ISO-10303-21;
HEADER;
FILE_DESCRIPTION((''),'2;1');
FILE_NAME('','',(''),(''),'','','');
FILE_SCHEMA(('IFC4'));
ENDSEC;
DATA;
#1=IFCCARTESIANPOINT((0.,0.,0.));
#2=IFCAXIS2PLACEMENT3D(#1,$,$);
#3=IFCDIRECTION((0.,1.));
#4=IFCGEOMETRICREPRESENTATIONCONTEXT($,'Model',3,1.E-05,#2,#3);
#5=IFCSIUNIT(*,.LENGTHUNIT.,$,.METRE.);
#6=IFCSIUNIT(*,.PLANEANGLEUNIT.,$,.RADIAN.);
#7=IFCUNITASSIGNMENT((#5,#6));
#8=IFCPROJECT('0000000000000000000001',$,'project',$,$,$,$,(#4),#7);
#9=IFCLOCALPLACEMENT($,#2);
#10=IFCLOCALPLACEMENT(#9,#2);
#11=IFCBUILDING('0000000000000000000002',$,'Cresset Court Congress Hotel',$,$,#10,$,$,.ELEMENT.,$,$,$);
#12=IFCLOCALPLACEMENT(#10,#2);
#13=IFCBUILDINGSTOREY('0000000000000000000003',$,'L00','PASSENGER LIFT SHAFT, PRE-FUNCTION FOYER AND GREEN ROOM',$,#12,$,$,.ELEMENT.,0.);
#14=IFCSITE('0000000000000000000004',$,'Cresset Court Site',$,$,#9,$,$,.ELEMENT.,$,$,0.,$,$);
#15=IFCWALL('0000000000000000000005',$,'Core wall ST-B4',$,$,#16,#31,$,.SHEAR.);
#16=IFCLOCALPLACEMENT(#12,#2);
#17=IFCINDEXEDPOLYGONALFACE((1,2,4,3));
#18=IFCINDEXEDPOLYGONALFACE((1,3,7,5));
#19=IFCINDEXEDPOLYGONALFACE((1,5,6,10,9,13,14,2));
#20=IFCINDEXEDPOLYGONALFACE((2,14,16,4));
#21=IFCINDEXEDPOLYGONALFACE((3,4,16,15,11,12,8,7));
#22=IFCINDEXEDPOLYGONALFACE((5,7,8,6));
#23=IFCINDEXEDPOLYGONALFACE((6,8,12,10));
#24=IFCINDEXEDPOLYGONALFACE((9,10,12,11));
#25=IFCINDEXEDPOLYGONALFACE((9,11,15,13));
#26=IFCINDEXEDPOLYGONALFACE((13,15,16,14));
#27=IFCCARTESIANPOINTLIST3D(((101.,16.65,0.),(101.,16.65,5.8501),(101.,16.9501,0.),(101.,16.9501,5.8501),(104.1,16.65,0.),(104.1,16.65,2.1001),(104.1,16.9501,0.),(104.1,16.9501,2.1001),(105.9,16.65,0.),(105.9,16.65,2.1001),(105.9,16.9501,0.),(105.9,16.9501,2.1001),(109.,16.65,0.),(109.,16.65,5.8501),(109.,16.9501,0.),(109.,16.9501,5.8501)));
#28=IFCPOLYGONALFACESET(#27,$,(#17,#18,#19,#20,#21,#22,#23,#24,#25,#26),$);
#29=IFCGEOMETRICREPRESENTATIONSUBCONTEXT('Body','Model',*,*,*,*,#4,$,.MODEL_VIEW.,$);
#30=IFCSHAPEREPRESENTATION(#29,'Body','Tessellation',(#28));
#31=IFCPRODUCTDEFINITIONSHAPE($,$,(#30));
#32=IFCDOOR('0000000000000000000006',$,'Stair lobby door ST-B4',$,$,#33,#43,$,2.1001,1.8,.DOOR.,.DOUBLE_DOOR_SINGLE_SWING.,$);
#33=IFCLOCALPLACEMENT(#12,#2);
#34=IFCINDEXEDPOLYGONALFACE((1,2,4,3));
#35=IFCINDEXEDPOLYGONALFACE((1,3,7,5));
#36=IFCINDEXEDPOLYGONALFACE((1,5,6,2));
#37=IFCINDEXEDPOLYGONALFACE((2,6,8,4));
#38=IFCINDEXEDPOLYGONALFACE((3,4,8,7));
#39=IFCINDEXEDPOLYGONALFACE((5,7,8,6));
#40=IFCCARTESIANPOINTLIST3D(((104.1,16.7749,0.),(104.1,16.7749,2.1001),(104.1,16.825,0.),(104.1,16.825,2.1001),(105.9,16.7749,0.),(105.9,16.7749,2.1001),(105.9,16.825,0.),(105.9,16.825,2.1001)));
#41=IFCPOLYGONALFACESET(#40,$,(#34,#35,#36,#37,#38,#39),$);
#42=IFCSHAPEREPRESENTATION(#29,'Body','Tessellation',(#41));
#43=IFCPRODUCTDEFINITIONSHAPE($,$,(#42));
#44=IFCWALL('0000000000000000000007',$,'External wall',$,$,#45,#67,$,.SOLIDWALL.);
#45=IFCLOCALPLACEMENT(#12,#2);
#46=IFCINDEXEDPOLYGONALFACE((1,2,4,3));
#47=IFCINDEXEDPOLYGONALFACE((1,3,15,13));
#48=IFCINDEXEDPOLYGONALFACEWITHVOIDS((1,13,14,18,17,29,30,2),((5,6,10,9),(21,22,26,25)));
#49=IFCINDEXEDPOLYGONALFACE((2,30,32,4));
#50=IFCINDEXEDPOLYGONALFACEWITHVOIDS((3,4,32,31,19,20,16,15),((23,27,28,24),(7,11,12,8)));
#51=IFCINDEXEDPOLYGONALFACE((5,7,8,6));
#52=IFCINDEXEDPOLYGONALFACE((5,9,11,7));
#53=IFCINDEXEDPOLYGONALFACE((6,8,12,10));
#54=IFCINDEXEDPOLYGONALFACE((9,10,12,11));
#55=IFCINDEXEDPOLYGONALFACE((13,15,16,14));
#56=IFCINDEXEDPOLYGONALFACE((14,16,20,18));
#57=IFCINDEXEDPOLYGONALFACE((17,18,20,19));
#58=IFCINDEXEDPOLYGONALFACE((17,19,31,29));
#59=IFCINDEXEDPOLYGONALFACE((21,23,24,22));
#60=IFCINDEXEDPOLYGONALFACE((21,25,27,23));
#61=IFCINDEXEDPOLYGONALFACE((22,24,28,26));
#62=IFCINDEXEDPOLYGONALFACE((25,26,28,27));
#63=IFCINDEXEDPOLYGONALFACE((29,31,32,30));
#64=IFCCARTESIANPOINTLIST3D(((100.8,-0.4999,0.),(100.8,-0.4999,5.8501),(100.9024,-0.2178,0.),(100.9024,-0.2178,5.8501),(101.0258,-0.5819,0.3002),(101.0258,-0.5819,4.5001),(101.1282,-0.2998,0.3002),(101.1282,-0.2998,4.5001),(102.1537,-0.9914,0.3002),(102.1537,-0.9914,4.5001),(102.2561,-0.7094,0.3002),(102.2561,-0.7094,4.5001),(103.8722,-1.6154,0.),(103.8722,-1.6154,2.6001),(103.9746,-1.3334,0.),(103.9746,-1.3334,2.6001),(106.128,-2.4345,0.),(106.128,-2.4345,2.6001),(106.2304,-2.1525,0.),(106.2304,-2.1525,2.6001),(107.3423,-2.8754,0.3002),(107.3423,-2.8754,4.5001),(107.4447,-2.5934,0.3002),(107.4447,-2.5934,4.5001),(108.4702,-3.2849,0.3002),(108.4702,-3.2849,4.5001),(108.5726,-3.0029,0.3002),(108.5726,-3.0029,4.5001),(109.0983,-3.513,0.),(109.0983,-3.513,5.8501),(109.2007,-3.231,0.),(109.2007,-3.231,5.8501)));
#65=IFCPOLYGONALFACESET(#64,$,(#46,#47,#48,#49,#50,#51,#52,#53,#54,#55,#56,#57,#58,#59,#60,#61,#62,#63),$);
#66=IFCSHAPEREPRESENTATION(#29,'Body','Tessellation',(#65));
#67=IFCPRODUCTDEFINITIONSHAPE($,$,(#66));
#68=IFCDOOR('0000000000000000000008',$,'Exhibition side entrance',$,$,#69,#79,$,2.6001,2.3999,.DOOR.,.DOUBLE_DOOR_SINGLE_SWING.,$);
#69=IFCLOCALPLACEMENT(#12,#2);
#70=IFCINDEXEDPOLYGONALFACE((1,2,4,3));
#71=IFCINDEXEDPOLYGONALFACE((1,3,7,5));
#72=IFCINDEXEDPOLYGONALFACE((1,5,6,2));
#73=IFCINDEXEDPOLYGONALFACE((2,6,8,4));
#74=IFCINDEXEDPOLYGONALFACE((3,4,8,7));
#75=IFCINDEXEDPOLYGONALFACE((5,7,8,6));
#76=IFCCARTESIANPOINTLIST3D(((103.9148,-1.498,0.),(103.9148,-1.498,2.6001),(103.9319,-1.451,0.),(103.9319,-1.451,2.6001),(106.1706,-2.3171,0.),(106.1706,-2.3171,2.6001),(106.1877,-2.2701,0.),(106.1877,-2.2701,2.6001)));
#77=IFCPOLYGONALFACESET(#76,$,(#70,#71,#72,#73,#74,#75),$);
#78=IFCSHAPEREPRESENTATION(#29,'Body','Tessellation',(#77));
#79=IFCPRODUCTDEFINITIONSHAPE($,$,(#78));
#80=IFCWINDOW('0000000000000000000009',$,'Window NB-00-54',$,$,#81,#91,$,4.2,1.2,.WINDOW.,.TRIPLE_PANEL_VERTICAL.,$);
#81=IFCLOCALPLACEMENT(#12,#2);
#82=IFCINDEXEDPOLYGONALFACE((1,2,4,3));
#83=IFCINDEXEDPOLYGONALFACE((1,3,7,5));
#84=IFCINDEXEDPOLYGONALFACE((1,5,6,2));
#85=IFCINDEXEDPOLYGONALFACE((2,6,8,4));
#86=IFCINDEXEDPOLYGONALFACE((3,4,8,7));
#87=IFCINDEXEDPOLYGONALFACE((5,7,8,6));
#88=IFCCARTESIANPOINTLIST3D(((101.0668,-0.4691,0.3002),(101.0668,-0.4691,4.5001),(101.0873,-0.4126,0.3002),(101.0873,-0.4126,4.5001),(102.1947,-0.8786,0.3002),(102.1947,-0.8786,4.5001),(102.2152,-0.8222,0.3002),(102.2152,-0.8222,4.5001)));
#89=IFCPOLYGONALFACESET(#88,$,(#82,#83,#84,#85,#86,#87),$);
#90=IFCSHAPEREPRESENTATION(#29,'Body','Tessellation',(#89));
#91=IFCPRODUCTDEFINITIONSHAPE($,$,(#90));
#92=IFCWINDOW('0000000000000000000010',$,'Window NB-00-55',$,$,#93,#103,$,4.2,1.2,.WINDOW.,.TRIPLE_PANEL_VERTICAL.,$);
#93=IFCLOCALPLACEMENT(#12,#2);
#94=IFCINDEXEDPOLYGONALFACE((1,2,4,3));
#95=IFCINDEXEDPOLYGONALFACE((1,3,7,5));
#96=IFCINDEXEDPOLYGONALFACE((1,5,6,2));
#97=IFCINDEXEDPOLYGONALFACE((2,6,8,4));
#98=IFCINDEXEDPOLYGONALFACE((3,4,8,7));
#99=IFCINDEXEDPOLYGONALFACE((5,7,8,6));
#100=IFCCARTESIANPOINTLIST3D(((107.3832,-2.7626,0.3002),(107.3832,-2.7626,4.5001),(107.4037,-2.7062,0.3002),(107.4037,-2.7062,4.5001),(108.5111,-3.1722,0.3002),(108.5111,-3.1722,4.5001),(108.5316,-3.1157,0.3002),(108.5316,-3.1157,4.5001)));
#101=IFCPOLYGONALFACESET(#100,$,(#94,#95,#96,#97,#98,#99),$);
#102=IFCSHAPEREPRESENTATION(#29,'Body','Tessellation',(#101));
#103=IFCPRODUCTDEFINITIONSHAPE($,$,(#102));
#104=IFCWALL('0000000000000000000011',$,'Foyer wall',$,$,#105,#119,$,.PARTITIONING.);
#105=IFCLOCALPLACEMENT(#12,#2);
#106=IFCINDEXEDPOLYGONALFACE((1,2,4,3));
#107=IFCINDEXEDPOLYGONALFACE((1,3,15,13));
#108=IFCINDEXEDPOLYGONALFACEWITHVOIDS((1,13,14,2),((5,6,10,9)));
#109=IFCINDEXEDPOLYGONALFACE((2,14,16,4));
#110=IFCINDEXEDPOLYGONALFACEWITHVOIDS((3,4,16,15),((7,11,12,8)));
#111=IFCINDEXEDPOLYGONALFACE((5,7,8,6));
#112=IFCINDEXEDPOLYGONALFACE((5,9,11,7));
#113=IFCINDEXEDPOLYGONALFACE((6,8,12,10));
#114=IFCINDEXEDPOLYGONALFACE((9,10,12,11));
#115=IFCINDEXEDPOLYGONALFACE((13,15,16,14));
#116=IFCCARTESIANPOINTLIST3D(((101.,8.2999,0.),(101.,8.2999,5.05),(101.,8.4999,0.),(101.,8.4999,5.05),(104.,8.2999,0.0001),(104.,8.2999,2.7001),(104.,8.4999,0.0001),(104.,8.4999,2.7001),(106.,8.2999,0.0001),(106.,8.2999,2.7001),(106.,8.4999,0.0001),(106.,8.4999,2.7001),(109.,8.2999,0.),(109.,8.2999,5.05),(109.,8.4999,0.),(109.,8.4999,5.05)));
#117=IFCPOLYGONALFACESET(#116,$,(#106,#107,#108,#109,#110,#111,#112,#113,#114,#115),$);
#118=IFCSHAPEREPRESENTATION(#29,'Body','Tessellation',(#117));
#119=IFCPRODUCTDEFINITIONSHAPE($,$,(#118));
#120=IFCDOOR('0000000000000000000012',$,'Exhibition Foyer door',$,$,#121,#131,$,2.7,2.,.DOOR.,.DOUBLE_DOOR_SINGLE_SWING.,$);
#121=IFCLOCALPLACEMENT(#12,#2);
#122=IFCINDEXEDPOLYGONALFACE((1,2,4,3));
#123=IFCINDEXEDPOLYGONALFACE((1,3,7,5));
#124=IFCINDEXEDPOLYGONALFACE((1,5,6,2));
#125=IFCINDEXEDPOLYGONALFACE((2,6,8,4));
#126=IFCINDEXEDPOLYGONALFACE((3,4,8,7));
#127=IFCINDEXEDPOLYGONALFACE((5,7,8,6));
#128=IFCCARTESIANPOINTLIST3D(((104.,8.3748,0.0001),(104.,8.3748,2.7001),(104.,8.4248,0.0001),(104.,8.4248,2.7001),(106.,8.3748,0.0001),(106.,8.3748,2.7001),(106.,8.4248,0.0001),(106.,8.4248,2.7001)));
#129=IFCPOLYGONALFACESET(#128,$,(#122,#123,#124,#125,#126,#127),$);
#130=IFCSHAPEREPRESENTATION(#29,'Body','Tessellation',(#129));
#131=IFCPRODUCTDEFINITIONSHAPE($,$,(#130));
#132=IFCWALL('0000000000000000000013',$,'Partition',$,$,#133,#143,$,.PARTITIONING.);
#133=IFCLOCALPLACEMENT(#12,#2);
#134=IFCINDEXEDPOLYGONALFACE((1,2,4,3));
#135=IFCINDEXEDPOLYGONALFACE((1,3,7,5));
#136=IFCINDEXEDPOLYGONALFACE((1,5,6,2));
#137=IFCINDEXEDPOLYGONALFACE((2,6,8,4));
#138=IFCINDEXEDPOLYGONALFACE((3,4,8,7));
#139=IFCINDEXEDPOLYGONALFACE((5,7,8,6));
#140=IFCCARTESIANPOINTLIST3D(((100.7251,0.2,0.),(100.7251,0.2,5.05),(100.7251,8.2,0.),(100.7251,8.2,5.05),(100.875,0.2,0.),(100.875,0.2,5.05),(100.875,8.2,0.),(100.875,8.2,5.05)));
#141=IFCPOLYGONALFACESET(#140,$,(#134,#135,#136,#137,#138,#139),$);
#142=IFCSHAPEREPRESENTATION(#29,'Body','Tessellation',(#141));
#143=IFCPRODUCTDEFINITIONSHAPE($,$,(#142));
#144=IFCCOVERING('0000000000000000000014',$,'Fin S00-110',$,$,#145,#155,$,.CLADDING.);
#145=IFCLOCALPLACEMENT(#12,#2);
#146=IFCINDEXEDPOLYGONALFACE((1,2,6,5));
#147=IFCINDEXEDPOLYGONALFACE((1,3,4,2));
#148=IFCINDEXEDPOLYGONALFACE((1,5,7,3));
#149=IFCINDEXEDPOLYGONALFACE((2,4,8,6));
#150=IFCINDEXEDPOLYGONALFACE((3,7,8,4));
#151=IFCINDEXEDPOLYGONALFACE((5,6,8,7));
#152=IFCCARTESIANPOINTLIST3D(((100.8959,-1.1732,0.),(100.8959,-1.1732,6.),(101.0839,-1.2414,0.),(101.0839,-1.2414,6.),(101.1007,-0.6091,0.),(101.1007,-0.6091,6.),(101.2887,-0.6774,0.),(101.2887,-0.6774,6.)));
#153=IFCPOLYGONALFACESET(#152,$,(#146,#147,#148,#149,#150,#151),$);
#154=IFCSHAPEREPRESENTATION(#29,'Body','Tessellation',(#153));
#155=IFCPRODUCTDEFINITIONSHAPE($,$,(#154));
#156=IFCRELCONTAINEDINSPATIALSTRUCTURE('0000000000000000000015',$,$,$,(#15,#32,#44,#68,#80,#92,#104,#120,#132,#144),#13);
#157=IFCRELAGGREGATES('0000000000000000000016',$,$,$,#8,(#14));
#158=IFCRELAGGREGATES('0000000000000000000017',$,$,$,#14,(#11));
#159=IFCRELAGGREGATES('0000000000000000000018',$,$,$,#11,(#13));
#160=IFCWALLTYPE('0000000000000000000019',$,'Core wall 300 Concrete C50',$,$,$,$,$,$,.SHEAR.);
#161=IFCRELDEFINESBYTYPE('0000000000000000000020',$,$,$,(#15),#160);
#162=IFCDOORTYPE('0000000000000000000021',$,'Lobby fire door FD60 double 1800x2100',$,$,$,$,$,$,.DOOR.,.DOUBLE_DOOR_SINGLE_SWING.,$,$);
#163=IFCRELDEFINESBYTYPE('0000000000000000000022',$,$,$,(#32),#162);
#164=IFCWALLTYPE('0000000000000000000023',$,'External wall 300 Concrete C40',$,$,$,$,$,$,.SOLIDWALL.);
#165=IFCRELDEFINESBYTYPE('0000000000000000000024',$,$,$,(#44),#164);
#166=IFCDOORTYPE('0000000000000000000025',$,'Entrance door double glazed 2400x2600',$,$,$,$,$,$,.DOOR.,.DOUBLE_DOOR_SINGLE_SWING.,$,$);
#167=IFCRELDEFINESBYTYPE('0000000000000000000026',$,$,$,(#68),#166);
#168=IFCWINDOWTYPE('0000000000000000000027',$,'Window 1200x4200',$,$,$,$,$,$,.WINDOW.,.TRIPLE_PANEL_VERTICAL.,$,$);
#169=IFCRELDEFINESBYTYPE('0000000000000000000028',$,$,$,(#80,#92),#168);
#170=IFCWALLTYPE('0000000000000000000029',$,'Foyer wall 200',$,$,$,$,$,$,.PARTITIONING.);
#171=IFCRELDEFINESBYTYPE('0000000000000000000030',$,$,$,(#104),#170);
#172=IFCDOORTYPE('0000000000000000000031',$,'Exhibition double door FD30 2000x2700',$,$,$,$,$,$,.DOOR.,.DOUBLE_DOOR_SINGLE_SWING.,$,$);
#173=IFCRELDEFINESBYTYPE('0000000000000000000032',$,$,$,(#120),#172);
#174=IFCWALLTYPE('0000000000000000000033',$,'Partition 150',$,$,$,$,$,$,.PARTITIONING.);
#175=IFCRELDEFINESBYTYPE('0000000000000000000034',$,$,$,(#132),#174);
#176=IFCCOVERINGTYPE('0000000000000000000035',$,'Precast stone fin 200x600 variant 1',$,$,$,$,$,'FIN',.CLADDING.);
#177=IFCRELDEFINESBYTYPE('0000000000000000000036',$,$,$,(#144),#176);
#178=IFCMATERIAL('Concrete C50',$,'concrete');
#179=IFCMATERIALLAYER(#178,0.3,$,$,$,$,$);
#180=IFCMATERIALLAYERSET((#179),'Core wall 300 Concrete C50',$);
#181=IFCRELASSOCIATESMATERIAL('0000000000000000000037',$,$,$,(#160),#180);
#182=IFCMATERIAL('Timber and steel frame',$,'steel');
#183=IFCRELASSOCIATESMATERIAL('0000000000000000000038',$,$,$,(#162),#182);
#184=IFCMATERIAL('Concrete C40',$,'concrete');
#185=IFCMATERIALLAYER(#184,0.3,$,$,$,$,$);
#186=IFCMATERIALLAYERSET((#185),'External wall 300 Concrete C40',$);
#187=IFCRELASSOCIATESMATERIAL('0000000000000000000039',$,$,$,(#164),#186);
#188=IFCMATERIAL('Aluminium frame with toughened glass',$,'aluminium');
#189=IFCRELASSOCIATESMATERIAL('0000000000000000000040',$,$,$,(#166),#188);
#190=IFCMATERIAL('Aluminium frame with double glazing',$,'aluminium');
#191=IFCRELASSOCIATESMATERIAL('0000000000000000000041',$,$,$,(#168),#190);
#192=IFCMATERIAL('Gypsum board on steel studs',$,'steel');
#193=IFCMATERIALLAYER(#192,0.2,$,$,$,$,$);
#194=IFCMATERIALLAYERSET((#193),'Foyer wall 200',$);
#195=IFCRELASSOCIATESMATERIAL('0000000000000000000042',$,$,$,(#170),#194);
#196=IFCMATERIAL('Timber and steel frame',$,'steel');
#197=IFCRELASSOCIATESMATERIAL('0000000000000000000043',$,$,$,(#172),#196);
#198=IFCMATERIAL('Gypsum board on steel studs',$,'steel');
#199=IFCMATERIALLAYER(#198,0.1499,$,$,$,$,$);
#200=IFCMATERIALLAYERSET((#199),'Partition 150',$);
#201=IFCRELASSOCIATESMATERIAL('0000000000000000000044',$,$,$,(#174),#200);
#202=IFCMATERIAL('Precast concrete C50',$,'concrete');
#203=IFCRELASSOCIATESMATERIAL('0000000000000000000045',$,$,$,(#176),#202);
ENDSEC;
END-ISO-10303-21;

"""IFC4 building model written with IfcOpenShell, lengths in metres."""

from ifc_helpers import new_model, si_unit, direction, frame, frame_2d, origin, origin_2d, place, context, subcontext, project, spatial, rectangle, extrude, material, layer, layer_set, type_object, element, fill, save


model = new_model("IFC4")

# Units and contexts
model_context = context("Model", 3, precision=1e-05, world=origin(), true_north=direction((0.0, 1.0)))
body_context = subcontext(model_context, "Body", "Model", "MODEL_VIEW")
ifc_project = project(units=[si_unit("LENGTHUNIT", "METRE"), si_unit("PLANEANGLEUNIT", "RADIAN")], contexts=[model_context])

# Site, building, storey
site_placement = place(None, origin())
site = spatial("IfcSite", under=ifc_project, at=site_placement, Name="Cresset Court Site", CompositionType="ELEMENT", RefElevation=0.0)
building_placement = place(site_placement, origin())
building = spatial("IfcBuilding", under=site, at=building_placement, Name="Cresset Court Congress Hotel", CompositionType="ELEMENT")
storey_placement = place(building_placement, origin())
storey = spatial("IfcBuildingStorey", under=building, at=storey_placement, Name="L00", Description="PASSENGER LIFT SHAFT, PRE-FUNCTION FOYER AND GREEN ROOM", CompositionType="ELEMENT", Elevation=0.0)

# Shared definitions
ifc_material_1 = material(Name="Concrete C50", Category="concrete")
ifc_layer_1 = layer(ifc_material_1, 0.3)
ifc_layer_set_1 = layer_set([ifc_layer_1], Name="Core wall 300 Concrete C50")
wall_type_1 = type_object("IfcWallType", Name="Core wall 300 Concrete C50", PredefinedType="SHEAR", material=ifc_layer_set_1)

# Wall, opening, door
wall_1_placement = place(storey_placement, frame((101.0, 16.8, 0.0), z_axis=(0.0, 0.0, 1.0), x_axis=(1.0, 0.0, 0.0)))
wall_1 = element("IfcWall", 1, at=wall_1_placement, inside=storey, type_object=wall_type_1, Name="Core wall ST-B4", PredefinedType="SHEAR", context=body_context, shape_type="SweptSolid", body=[
    extrude(rectangle(XDim=8.0, YDim=0.3, at=frame_2d((4.0, 0.0))), origin(), (0.0, 0.0, 1.0), 5.8501),
])
opening_1_placement = place(wall_1_placement, frame((3.1001, 0.0, 0.0)))
opening_1 = element("IfcOpeningElement", 2, at=opening_1_placement, cuts=wall_1, PredefinedType="OPENING", context=body_context, shape_type="SweptSolid", body=[
    extrude(rectangle(XDim=1.8, YDim=2.1001, at=frame_2d((0.8999, 1.05))), frame((0.0, 0.1599, 0.0), z_axis=(0.0, -1.0, 0.0), x_axis=(1.0, 0.0, 0.0)), (0.0, 0.0, 1.0), 0.3201),
])
ifc_material_2 = material(Name="Timber and steel frame", Category="steel")
door_type_1 = type_object("IfcDoorType", Name="Lobby fire door FD60 double 1800x2100", OperationType="DOUBLE_DOOR_SINGLE_SWING", PredefinedType="DOOR", material=ifc_material_2)
door_1_placement = place(opening_1_placement, origin())
door_1 = element("IfcDoor", 3, at=door_1_placement, inside=storey, type_object=door_type_1, Name="Stair lobby door ST-B4", OperationType="DOUBLE_DOOR_SINGLE_SWING", OverallHeight=2.1001, OverallWidth=1.8, PredefinedType="DOOR", context=body_context, shape_type="SweptSolid", body=[
    extrude(rectangle(XDim=1.8, YDim=2.1001, at=frame_2d((0.8999, 1.05))), frame((0.0, 0.0249, 0.0), z_axis=(0.0, -1.0, 0.0), x_axis=(1.0, 0.0, 0.0)), (0.0, 0.0, 1.0), 0.05),
])
fill(opening_1, door_1)

# Wall, openings, door, windows
ifc_material_3 = material(Name="Concrete C40", Category="concrete")
ifc_layer_2 = layer(ifc_material_3, 0.3)
ifc_layer_set_2 = layer_set([ifc_layer_2], Name="External wall 300 Concrete C40")
wall_type_2 = type_object("IfcWallType", Name="External wall 300 Concrete C40", PredefinedType="SOLIDWALL", material=ifc_layer_set_2)
wall_2_placement = place(storey_placement, frame((100.8513, -0.3589, 0.0), z_axis=(0.0, 0.0, 1.0), x_axis=(0.939953, -0.341303, 0.0)))
wall_2 = element("IfcWall", 4, at=wall_2_placement, inside=storey, type_object=wall_type_2, Name="External wall", PredefinedType="SOLIDWALL", context=body_context, shape_type="SweptSolid", body=[
    extrude(rectangle(XDim=8.8284, YDim=0.3, at=frame_2d((4.4141, 0.0))), origin(), (0.0, 0.0, 1.0), 5.8501),
])
opening_2_placement = place(wall_2_placement, frame((3.2683, 0.0, 0.0)))
opening_2 = element("IfcOpeningElement", 5, at=opening_2_placement, cuts=wall_2, PredefinedType="OPENING", context=body_context, shape_type="SweptSolid", body=[
    extrude(rectangle(XDim=2.3999, YDim=2.6001, at=frame_2d((1.2, 1.3))), frame((0.0, 0.1599, 0.0), z_axis=(0.0, -1.0, 0.0), x_axis=(1.0, 0.0, 0.0)), (0.0, 0.0, 1.0), 0.3201),
])
opening_3_placement = place(wall_2_placement, frame((0.24, 0.0, 0.3)))
opening_3 = element("IfcOpeningElement", 6, at=opening_3_placement, cuts=wall_2, PredefinedType="OPENING", context=body_context, shape_type="SweptSolid", body=[
    extrude(rectangle(XDim=1.2, YDim=4.2, at=frame_2d((0.6001, 2.1001))), frame((0.0, 0.1599, 0.0), z_axis=(0.0, -1.0, 0.0), x_axis=(1.0, 0.0, 0.0)), (0.0, 0.0, 1.0), 0.3201),
])
opening_4_placement = place(wall_2_placement, frame((6.96, 0.0, 0.3)))
opening_4 = element("IfcOpeningElement", 7, at=opening_4_placement, cuts=wall_2, PredefinedType="OPENING", context=body_context, shape_type="SweptSolid", body=[
    extrude(rectangle(XDim=1.2, YDim=4.2, at=frame_2d((0.6001, 2.1001))), frame((0.0, 0.1599, 0.0), z_axis=(0.0, -1.0, 0.0), x_axis=(1.0, 0.0, 0.0)), (0.0, 0.0, 1.0), 0.3201),
])
ifc_material_4 = material(Name="Aluminium frame with toughened glass", Category="aluminium")
door_type_2 = type_object("IfcDoorType", Name="Entrance door double glazed 2400x2600", OperationType="DOUBLE_DOOR_SINGLE_SWING", PredefinedType="DOOR", material=ifc_material_4)
door_2_placement = place(opening_2_placement, origin())
door_2 = element("IfcDoor", 8, at=door_2_placement, inside=storey, type_object=door_type_2, Name="Exhibition side entrance", OperationType="DOUBLE_DOOR_SINGLE_SWING", OverallHeight=2.6001, OverallWidth=2.3999, PredefinedType="DOOR", context=body_context, shape_type="SweptSolid", body=[
    extrude(rectangle(XDim=2.3999, YDim=2.6001, at=frame_2d((1.2, 1.3))), frame((0.0, 0.0249, 0.0), z_axis=(0.0, -1.0, 0.0), x_axis=(1.0, 0.0, 0.0)), (0.0, 0.0, 1.0), 0.05),
])
fill(opening_2, door_2)
ifc_material_5 = material(Name="Aluminium frame with double glazing", Category="aluminium")
window_type = type_object("IfcWindowType", Name="Window 1200x4200", PartitioningType="TRIPLE_PANEL_VERTICAL", PredefinedType="WINDOW", material=ifc_material_5)
window_1_placement = place(opening_3_placement, origin())
window_1 = element("IfcWindow", 9, at=window_1_placement, inside=storey, type_object=window_type, Name="Window NB-00-54", OverallHeight=4.2, OverallWidth=1.2, PartitioningType="TRIPLE_PANEL_VERTICAL", PredefinedType="WINDOW", context=body_context, shape_type="SweptSolid", body=[
    extrude(rectangle(XDim=1.2, YDim=4.2, at=frame_2d((0.6001, 2.1001))), frame((0.0, 0.03, 0.0), z_axis=(0.0, -1.0, 0.0), x_axis=(1.0, 0.0, 0.0)), (0.0, 0.0, 1.0), 0.0601),
])
fill(opening_3, window_1)
window_2_placement = place(opening_4_placement, origin())
window_2 = element("IfcWindow", 10, at=window_2_placement, inside=storey, type_object=window_type, Name="Window NB-00-55", OverallHeight=4.2, OverallWidth=1.2, PartitioningType="TRIPLE_PANEL_VERTICAL", PredefinedType="WINDOW", context=body_context, shape_type="SweptSolid", body=[
    extrude(rectangle(XDim=1.2, YDim=4.2, at=frame_2d((0.6001, 2.1001))), frame((0.0, 0.03, 0.0), z_axis=(0.0, -1.0, 0.0), x_axis=(1.0, 0.0, 0.0)), (0.0, 0.0, 1.0), 0.0601),
])
fill(opening_4, window_2)

# Wall, opening, door
ifc_material_6 = material(Name="Gypsum board on steel studs", Category="steel")
ifc_layer_3 = layer(ifc_material_6, 0.2)
ifc_layer_set_3 = layer_set([ifc_layer_3], Name="Foyer wall 200")
wall_type_3 = type_object("IfcWallType", Name="Foyer wall 200", PredefinedType="PARTITIONING", material=ifc_layer_set_3)
wall_3_placement = place(storey_placement, frame((101.0, 8.3999, 0.0), z_axis=(0.0, 0.0, 1.0), x_axis=(1.0, 0.0, 0.0)))
wall_3 = element("IfcWall", 11, at=wall_3_placement, inside=storey, type_object=wall_type_3, Name="Foyer wall", PredefinedType="PARTITIONING", context=body_context, shape_type="SweptSolid", body=[
    extrude(rectangle(XDim=8.0, YDim=0.2, at=frame_2d((4.0, 0.0))), origin(), (0.0, 0.0, 1.0), 5.05),
])
opening_5_placement = place(wall_3_placement, frame((3.0, 0.0, 0.0)))
opening_5 = element("IfcOpeningElement", 12, at=opening_5_placement, cuts=wall_3, PredefinedType="OPENING", context=body_context, shape_type="SweptSolid", body=[
    extrude(rectangle(XDim=2.0, YDim=2.7, at=frame_2d((1.0, 1.3501))), frame((0.0, 0.1099, 0.0), z_axis=(0.0, -1.0, 0.0), x_axis=(1.0, 0.0, 0.0)), (0.0, 0.0, 1.0), 0.22),
])
ifc_material_7 = material(Name="Timber and steel frame", Category="steel")
door_type_3 = type_object("IfcDoorType", Name="Exhibition double door FD30 2000x2700", OperationType="DOUBLE_DOOR_SINGLE_SWING", PredefinedType="DOOR", material=ifc_material_7)
door_3_placement = place(opening_5_placement, origin())
door_3 = element("IfcDoor", 13, at=door_3_placement, inside=storey, type_object=door_type_3, Name="Exhibition Foyer door", OperationType="DOUBLE_DOOR_SINGLE_SWING", OverallHeight=2.7, OverallWidth=2.0, PredefinedType="DOOR", context=body_context, shape_type="SweptSolid", body=[
    extrude(rectangle(XDim=2.0, YDim=2.7, at=frame_2d((1.0, 1.3501))), frame((0.0, 0.0249, 0.0), z_axis=(0.0, -1.0, 0.0), x_axis=(1.0, 0.0, 0.0)), (0.0, 0.0, 1.0), 0.05),
])
fill(opening_5, door_3)

# Wall
ifc_material_8 = material(Name="Gypsum board on steel studs", Category="steel")
ifc_layer_4 = layer(ifc_material_8, 0.1499)
ifc_layer_set_4 = layer_set([ifc_layer_4], Name="Partition 150")
wall_type_4 = type_object("IfcWallType", Name="Partition 150", PredefinedType="PARTITIONING", material=ifc_layer_set_4)
wall_4_placement = place(storey_placement, frame((100.8, 0.2, 0.0), z_axis=(0.0, 0.0, 1.0), x_axis=(0.0, 1.0, 0.0)))
element("IfcWall", 14, at=wall_4_placement, inside=storey, type_object=wall_type_4, Name="Partition", PredefinedType="PARTITIONING", context=body_context, shape_type="SweptSolid", body=[
    extrude(rectangle(XDim=8.0, YDim=0.1499, at=frame_2d((4.0, 0.0))), origin(), (0.0, 0.0, 1.0), 5.05),
])

# Covering
ifc_material_9 = material(Name="Precast concrete C50", Category="concrete")
covering_type_1 = type_object("IfcCoveringType", Name="Precast stone fin 200x600 variant 1", ElementType="FIN", PredefinedType="CLADDING", material=ifc_material_9)
for number, where, z_axis, x_axis, name in (
    (15, (101.0923, -0.9253, 0.0), (0.0, 0.0, 1.0), (0.939957, -0.341293, 0.0), "Fin S00-110"),
):
    element("IfcCovering", number, at=place(storey_placement, frame(where, z_axis=z_axis, x_axis=x_axis)), inside=storey, type_object=covering_type_1, Name=name, PredefinedType="CLADDING", context=body_context, shape_type="SweptSolid", body=[
        extrude(rectangle(XDim=0.2, YDim=0.6001, at=origin_2d()), origin(), (0.0, 0.0, 1.0), 6.0),
    ])

save(model, "model.ifc")
